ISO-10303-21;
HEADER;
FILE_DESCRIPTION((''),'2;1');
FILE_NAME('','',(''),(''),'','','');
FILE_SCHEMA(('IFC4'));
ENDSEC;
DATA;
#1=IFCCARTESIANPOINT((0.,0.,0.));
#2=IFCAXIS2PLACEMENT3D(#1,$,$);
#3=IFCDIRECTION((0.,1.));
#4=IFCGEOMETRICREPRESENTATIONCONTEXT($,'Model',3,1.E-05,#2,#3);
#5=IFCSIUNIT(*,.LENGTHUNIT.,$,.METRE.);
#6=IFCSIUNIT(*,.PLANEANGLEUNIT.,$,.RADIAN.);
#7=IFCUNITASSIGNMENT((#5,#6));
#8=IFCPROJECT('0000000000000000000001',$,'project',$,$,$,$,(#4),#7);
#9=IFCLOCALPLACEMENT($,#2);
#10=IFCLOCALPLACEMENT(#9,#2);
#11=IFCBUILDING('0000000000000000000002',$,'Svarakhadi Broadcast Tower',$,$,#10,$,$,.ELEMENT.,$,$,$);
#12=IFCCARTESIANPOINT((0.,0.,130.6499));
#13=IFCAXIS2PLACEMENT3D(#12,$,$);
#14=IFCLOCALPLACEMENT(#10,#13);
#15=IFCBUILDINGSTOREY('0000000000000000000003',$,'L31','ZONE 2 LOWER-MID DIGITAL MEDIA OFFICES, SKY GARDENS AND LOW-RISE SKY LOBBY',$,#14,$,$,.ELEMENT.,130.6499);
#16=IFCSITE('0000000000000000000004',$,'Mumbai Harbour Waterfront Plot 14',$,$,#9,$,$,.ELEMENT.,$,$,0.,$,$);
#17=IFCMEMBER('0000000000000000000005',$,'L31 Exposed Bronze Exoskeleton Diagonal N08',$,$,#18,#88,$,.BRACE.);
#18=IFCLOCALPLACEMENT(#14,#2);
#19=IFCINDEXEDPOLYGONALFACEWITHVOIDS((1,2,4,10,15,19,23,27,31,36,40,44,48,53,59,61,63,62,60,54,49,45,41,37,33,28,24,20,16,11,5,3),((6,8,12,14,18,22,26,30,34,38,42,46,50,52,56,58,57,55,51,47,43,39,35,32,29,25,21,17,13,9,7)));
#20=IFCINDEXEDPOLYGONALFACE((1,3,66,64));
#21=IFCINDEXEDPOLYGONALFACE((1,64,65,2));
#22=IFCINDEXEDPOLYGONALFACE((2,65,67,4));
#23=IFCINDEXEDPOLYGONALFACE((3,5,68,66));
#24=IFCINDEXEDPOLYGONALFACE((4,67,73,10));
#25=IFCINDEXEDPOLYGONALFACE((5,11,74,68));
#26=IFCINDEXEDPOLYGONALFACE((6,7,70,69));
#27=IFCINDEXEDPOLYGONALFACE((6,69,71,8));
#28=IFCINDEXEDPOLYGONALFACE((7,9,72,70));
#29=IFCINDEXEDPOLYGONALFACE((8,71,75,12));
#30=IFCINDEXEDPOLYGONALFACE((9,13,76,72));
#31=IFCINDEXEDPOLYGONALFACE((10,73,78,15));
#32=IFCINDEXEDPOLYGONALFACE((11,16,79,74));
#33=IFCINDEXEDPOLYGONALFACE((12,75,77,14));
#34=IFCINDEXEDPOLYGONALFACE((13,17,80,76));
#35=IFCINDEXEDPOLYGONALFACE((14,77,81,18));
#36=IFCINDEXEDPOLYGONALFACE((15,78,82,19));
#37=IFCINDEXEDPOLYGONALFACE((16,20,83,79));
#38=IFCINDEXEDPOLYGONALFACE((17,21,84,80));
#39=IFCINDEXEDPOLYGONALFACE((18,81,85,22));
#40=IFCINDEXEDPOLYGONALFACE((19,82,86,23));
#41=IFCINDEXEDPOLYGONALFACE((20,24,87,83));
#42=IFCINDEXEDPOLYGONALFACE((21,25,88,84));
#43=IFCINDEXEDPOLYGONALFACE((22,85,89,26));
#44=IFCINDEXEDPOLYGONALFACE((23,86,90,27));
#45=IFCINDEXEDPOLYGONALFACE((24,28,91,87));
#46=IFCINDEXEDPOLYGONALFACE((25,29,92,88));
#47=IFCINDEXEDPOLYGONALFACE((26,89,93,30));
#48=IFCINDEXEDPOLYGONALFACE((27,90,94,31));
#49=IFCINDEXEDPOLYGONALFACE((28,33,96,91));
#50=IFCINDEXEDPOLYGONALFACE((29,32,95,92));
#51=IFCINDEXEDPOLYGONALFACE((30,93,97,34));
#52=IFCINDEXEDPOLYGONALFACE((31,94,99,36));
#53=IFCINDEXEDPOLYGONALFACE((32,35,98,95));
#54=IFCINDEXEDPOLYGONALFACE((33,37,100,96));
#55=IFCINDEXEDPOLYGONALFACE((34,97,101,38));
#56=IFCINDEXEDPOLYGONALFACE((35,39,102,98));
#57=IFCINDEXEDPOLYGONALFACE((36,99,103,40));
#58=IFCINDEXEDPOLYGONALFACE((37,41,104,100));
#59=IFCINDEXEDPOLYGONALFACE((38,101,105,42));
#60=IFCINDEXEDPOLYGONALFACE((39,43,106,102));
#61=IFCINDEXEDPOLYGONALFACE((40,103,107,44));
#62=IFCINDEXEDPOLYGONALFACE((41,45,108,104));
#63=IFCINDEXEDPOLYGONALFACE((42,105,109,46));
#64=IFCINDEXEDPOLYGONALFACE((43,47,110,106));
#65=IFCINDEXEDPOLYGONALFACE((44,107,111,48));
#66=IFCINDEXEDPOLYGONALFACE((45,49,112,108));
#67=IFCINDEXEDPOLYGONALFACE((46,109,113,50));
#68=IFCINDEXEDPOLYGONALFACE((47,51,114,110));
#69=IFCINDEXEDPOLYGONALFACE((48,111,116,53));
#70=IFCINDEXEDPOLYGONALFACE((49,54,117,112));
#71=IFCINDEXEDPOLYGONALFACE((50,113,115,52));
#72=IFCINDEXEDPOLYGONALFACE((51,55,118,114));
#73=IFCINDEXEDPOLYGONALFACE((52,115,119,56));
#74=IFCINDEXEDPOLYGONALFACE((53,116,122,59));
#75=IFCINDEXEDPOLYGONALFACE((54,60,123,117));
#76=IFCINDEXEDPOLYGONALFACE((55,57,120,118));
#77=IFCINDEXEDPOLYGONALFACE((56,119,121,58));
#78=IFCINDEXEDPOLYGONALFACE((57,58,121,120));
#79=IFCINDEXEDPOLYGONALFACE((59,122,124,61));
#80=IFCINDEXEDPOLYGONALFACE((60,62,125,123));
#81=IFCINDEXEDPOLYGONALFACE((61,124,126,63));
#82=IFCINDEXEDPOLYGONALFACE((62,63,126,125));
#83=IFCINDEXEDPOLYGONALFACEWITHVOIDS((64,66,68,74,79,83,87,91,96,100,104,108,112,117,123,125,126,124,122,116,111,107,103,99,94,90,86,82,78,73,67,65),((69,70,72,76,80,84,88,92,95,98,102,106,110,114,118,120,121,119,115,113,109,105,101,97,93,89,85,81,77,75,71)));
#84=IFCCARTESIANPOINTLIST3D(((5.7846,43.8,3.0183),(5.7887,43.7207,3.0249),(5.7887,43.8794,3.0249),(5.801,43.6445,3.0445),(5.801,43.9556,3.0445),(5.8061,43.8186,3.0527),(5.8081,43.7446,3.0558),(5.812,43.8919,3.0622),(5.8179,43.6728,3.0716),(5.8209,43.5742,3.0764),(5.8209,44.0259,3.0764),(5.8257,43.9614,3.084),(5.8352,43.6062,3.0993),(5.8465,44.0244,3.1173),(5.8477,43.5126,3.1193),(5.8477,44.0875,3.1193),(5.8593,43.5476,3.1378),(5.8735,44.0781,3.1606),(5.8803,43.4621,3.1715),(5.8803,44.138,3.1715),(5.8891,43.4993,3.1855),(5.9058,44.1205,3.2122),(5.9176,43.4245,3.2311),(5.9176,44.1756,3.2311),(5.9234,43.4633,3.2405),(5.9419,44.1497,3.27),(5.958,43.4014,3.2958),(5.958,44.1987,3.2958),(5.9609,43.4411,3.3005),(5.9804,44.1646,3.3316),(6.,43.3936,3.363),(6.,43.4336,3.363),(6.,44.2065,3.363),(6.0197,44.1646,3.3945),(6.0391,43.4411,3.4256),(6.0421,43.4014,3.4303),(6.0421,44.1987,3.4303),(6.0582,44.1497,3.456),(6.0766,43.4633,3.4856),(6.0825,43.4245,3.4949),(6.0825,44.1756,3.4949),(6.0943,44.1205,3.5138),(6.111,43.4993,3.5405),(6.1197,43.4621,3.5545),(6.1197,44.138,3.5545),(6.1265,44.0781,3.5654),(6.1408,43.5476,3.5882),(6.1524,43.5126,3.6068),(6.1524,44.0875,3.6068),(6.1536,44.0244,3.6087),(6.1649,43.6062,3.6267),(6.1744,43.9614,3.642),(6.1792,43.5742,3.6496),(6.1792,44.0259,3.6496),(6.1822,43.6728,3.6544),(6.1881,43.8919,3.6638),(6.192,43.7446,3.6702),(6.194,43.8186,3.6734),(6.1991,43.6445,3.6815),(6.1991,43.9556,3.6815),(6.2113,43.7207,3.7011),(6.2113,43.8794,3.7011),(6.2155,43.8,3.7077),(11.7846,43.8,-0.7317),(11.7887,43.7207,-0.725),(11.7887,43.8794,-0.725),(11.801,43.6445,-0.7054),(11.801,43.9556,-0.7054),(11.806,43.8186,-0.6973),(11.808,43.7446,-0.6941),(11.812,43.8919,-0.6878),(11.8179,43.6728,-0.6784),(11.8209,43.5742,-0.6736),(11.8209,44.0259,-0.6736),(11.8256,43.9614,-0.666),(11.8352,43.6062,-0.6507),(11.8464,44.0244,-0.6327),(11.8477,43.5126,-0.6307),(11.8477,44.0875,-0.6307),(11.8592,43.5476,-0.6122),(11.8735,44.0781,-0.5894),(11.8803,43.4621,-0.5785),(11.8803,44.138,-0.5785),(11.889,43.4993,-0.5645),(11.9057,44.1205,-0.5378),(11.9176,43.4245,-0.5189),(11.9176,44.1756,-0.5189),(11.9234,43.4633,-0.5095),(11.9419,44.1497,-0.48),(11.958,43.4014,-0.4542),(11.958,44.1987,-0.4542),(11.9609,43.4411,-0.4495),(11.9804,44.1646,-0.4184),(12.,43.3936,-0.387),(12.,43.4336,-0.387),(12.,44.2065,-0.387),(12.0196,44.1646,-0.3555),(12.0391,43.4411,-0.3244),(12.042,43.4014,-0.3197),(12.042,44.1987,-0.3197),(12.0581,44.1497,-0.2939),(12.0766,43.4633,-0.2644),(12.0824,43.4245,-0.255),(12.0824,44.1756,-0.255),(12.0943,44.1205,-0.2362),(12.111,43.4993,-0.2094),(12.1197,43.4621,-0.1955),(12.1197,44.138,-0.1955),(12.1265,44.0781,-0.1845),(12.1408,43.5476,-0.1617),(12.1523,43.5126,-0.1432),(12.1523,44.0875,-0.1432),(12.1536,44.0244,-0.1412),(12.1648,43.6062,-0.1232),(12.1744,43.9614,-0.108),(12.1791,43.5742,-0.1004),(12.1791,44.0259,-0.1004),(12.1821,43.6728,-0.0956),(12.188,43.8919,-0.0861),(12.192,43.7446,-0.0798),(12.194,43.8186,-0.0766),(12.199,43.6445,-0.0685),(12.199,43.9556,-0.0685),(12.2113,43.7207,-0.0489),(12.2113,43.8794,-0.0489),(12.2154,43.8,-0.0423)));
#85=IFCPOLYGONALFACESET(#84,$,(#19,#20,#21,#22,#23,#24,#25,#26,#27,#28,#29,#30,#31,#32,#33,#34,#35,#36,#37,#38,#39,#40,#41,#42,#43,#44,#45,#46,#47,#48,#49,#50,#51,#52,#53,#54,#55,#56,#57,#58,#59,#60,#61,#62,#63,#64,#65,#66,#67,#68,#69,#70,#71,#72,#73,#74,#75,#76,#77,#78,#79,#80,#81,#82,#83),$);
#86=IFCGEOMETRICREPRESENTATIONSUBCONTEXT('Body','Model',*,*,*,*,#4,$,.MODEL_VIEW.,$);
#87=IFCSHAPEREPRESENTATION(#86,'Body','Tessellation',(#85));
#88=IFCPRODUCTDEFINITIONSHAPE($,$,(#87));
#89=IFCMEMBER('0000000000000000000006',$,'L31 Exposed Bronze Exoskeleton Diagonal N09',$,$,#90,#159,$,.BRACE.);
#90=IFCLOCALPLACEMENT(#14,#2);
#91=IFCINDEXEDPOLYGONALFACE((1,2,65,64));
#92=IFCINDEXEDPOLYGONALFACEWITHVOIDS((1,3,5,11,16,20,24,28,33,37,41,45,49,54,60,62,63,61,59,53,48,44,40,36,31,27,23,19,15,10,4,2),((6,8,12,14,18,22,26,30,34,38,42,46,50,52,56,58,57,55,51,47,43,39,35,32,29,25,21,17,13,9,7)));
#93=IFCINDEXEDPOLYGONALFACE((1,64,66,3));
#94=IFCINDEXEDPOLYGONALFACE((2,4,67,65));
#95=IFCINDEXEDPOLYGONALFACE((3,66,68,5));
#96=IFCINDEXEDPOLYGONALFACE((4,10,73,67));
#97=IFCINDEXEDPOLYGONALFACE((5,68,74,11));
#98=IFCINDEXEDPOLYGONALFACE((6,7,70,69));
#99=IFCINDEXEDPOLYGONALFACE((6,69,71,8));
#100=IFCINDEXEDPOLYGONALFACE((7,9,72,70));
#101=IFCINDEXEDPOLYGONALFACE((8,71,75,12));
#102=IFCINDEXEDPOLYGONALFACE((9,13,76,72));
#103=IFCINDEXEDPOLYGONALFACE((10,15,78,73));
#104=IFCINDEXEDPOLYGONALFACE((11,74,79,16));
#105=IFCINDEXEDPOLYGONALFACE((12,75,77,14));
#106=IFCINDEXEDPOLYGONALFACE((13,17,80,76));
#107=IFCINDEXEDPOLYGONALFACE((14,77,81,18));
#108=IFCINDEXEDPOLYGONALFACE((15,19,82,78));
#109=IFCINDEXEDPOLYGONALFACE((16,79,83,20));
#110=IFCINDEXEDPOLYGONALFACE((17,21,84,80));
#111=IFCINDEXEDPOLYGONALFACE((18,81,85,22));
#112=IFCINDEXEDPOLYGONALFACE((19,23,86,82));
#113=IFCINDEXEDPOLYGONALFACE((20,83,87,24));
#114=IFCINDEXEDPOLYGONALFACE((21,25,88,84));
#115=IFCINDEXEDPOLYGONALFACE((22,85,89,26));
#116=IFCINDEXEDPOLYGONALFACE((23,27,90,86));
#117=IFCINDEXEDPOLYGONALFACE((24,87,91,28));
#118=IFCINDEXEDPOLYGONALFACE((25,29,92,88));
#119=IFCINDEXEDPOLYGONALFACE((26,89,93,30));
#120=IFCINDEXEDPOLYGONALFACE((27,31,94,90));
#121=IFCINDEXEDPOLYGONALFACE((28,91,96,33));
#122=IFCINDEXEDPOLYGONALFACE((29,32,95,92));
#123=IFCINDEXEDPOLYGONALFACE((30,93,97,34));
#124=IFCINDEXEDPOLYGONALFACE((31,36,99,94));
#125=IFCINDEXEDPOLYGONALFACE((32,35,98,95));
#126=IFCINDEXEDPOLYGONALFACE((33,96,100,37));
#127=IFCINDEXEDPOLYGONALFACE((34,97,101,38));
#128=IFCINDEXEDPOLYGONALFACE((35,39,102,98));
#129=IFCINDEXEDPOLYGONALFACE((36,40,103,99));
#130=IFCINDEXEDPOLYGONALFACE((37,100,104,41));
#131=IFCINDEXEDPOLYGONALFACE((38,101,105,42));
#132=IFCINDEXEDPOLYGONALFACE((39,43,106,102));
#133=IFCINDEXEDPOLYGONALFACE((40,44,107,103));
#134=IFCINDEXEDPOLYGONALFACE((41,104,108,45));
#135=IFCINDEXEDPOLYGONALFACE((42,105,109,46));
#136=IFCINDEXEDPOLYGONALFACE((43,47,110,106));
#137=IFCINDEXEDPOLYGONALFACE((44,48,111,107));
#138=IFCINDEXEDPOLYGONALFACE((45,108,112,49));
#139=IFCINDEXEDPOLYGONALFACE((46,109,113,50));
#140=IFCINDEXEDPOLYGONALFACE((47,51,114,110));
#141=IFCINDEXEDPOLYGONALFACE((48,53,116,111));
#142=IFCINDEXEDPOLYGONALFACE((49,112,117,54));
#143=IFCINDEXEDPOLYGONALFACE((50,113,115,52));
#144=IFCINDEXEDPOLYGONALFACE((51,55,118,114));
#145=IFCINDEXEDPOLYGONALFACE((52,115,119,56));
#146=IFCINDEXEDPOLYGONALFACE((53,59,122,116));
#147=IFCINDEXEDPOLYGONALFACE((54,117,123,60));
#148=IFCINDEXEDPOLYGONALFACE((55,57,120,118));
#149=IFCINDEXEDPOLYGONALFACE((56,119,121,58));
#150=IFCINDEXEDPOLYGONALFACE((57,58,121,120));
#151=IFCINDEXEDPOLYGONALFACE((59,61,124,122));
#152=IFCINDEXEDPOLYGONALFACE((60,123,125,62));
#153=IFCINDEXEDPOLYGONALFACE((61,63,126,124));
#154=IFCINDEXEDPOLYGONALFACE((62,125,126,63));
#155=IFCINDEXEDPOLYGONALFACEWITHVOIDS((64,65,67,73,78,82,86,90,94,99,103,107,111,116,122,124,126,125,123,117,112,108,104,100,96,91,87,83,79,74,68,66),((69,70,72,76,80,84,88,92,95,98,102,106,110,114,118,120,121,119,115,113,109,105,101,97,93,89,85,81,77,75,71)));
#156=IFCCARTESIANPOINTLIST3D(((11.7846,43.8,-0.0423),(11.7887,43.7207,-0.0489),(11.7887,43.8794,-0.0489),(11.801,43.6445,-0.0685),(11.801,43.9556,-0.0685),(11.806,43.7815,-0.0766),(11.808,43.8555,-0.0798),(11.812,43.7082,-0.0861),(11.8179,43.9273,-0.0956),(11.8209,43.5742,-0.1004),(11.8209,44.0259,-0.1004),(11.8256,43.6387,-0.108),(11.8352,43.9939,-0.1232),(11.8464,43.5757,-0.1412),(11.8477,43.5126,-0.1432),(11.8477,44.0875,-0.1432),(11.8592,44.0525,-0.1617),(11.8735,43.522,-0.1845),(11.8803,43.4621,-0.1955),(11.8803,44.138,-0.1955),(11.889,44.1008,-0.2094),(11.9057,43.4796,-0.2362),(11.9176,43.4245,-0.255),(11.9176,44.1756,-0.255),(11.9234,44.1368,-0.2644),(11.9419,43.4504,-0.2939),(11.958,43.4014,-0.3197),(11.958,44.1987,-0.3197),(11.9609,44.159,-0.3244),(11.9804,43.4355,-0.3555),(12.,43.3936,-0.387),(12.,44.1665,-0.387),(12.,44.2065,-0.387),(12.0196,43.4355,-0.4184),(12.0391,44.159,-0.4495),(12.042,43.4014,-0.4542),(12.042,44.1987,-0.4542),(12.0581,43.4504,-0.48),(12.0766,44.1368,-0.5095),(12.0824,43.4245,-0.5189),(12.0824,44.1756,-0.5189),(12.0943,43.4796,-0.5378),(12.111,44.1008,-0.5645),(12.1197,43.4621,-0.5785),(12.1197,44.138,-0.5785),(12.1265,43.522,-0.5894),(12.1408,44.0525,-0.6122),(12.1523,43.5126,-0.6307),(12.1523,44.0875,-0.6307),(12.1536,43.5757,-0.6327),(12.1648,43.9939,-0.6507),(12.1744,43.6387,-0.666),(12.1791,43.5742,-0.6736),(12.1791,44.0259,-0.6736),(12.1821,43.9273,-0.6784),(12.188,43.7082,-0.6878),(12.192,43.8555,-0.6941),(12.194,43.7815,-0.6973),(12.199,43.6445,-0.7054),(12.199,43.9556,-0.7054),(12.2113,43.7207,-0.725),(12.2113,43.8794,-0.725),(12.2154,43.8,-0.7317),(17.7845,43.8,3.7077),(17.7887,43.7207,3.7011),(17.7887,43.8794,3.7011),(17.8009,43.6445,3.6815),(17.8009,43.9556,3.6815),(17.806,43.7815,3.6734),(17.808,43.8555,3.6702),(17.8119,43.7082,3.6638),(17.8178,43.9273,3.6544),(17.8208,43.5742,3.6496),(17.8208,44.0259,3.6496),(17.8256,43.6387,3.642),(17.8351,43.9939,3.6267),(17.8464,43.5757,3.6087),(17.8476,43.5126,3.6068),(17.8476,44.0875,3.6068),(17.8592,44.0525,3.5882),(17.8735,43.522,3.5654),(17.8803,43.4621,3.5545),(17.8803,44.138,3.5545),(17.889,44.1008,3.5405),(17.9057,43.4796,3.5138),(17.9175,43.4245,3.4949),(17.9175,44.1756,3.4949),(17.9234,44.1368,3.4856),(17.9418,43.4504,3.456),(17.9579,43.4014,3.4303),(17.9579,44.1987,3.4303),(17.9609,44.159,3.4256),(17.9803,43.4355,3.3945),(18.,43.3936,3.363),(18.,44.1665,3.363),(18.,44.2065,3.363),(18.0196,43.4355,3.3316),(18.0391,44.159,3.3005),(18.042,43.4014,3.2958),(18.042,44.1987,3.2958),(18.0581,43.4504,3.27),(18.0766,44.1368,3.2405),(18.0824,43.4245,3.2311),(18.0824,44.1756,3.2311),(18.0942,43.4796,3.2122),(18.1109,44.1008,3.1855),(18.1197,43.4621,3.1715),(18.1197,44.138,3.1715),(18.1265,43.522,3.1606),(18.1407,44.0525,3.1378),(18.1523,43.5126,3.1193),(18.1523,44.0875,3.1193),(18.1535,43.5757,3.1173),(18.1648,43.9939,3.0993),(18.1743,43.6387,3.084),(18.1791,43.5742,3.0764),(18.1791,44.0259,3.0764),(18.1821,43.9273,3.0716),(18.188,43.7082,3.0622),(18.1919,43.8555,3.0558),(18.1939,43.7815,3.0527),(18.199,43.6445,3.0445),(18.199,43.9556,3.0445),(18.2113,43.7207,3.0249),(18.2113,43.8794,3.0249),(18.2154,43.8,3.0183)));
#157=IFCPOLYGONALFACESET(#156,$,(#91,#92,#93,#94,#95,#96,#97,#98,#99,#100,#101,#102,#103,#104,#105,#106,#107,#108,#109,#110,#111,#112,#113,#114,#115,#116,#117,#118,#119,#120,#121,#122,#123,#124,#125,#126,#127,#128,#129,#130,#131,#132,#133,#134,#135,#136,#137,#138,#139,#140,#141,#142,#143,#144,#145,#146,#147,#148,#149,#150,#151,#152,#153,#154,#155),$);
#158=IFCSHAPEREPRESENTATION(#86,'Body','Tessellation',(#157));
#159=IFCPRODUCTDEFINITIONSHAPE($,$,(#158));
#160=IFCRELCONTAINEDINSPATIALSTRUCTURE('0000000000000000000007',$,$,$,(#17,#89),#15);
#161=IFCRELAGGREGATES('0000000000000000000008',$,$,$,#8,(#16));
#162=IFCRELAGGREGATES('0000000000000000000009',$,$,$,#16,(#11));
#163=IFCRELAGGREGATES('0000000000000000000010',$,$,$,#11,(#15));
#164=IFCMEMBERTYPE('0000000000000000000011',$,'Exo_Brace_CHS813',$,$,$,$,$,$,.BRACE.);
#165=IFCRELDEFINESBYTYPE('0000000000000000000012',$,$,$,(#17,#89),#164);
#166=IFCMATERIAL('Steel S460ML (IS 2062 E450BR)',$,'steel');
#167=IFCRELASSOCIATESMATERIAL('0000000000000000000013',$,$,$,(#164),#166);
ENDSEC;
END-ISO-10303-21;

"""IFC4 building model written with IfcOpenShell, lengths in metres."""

from ifc_helpers import new_model, si_unit, direction, frame, origin, origin_2d, place, context, subcontext, project, spatial, hollow_circle, extrude, material, material_profile, profile_set, type_object, element, save


model = new_model("IFC4")

# Units and contexts
model_context = context("Model", 3, precision=1e-05, world=origin(), true_north=direction((0.0, 1.0)))
body_context = subcontext(model_context, "Body", "Model", "MODEL_VIEW")
ifc_project = project(units=[si_unit("LENGTHUNIT", "METRE"), si_unit("PLANEANGLEUNIT", "RADIAN")], contexts=[model_context])

# Site, building, storey
site_placement = place(None, origin())
site = spatial("IfcSite", under=ifc_project, at=site_placement, Name="Mumbai Harbour Waterfront Plot 14", CompositionType="ELEMENT", RefElevation=0.0)
building_placement = place(site_placement, origin())
building = spatial("IfcBuilding", under=site, at=building_placement, Name="Svarakhadi Broadcast Tower", CompositionType="ELEMENT")
storey_placement = place(building_placement, frame((0.0, 0.0, 130.6499)))
storey = spatial("IfcBuildingStorey", under=building, at=storey_placement, Name="L31", Description="ZONE 2 LOWER-MID DIGITAL MEDIA OFFICES, SKY GARDENS AND LOW-RISE SKY LOBBY", CompositionType="ELEMENT", Elevation=130.6499)

# Shared definitions
ifc_material_1 = material(Name="Steel S460ML (IS 2062 E450BR)", Category="steel")

# Members
ifc_material_profile_1 = material_profile(ifc_material_1, hollow_circle(Radius=0.4065, WallThickness=0.04, at=origin_2d()), Name="CHS 813x40")
ifc_profile_set_1 = profile_set([ifc_material_profile_1], Name="Steel S460ML (IS 2062 E450BR)")
member_type_1 = type_object("IfcMemberType", Name="Exo_Brace_CHS813", PredefinedType="BRACE", material=ifc_profile_set_1)
for number, where, z_axis, x_axis, name in (
    (1, (12.0, 43.8, -0.387), (-0.847998, 0.0, 0.529999), (0.0, -1.0, 0.0), "L31 Exposed Bronze Exoskeleton Diagonal N08"),
    (2, (12.0, 43.8, -0.387), (0.847998, 0.0, 0.529999), (0.0, 1.0, 0.0), "L31 Exposed Bronze Exoskeleton Diagonal N09"),
):
    element("IfcMember", number, at=place(storey_placement, frame(where, z_axis=z_axis, x_axis=x_axis)), inside=storey, type_object=member_type_1, Name=name, PredefinedType="BRACE", context=body_context, shape_type="SweptSolid", body=[
        extrude(hollow_circle(Radius=0.4065, WallThickness=0.04, at=origin_2d()), origin(), (0.0, 0.0, 1.0), 7.0754),
    ])

save(model, "model.ifc")
